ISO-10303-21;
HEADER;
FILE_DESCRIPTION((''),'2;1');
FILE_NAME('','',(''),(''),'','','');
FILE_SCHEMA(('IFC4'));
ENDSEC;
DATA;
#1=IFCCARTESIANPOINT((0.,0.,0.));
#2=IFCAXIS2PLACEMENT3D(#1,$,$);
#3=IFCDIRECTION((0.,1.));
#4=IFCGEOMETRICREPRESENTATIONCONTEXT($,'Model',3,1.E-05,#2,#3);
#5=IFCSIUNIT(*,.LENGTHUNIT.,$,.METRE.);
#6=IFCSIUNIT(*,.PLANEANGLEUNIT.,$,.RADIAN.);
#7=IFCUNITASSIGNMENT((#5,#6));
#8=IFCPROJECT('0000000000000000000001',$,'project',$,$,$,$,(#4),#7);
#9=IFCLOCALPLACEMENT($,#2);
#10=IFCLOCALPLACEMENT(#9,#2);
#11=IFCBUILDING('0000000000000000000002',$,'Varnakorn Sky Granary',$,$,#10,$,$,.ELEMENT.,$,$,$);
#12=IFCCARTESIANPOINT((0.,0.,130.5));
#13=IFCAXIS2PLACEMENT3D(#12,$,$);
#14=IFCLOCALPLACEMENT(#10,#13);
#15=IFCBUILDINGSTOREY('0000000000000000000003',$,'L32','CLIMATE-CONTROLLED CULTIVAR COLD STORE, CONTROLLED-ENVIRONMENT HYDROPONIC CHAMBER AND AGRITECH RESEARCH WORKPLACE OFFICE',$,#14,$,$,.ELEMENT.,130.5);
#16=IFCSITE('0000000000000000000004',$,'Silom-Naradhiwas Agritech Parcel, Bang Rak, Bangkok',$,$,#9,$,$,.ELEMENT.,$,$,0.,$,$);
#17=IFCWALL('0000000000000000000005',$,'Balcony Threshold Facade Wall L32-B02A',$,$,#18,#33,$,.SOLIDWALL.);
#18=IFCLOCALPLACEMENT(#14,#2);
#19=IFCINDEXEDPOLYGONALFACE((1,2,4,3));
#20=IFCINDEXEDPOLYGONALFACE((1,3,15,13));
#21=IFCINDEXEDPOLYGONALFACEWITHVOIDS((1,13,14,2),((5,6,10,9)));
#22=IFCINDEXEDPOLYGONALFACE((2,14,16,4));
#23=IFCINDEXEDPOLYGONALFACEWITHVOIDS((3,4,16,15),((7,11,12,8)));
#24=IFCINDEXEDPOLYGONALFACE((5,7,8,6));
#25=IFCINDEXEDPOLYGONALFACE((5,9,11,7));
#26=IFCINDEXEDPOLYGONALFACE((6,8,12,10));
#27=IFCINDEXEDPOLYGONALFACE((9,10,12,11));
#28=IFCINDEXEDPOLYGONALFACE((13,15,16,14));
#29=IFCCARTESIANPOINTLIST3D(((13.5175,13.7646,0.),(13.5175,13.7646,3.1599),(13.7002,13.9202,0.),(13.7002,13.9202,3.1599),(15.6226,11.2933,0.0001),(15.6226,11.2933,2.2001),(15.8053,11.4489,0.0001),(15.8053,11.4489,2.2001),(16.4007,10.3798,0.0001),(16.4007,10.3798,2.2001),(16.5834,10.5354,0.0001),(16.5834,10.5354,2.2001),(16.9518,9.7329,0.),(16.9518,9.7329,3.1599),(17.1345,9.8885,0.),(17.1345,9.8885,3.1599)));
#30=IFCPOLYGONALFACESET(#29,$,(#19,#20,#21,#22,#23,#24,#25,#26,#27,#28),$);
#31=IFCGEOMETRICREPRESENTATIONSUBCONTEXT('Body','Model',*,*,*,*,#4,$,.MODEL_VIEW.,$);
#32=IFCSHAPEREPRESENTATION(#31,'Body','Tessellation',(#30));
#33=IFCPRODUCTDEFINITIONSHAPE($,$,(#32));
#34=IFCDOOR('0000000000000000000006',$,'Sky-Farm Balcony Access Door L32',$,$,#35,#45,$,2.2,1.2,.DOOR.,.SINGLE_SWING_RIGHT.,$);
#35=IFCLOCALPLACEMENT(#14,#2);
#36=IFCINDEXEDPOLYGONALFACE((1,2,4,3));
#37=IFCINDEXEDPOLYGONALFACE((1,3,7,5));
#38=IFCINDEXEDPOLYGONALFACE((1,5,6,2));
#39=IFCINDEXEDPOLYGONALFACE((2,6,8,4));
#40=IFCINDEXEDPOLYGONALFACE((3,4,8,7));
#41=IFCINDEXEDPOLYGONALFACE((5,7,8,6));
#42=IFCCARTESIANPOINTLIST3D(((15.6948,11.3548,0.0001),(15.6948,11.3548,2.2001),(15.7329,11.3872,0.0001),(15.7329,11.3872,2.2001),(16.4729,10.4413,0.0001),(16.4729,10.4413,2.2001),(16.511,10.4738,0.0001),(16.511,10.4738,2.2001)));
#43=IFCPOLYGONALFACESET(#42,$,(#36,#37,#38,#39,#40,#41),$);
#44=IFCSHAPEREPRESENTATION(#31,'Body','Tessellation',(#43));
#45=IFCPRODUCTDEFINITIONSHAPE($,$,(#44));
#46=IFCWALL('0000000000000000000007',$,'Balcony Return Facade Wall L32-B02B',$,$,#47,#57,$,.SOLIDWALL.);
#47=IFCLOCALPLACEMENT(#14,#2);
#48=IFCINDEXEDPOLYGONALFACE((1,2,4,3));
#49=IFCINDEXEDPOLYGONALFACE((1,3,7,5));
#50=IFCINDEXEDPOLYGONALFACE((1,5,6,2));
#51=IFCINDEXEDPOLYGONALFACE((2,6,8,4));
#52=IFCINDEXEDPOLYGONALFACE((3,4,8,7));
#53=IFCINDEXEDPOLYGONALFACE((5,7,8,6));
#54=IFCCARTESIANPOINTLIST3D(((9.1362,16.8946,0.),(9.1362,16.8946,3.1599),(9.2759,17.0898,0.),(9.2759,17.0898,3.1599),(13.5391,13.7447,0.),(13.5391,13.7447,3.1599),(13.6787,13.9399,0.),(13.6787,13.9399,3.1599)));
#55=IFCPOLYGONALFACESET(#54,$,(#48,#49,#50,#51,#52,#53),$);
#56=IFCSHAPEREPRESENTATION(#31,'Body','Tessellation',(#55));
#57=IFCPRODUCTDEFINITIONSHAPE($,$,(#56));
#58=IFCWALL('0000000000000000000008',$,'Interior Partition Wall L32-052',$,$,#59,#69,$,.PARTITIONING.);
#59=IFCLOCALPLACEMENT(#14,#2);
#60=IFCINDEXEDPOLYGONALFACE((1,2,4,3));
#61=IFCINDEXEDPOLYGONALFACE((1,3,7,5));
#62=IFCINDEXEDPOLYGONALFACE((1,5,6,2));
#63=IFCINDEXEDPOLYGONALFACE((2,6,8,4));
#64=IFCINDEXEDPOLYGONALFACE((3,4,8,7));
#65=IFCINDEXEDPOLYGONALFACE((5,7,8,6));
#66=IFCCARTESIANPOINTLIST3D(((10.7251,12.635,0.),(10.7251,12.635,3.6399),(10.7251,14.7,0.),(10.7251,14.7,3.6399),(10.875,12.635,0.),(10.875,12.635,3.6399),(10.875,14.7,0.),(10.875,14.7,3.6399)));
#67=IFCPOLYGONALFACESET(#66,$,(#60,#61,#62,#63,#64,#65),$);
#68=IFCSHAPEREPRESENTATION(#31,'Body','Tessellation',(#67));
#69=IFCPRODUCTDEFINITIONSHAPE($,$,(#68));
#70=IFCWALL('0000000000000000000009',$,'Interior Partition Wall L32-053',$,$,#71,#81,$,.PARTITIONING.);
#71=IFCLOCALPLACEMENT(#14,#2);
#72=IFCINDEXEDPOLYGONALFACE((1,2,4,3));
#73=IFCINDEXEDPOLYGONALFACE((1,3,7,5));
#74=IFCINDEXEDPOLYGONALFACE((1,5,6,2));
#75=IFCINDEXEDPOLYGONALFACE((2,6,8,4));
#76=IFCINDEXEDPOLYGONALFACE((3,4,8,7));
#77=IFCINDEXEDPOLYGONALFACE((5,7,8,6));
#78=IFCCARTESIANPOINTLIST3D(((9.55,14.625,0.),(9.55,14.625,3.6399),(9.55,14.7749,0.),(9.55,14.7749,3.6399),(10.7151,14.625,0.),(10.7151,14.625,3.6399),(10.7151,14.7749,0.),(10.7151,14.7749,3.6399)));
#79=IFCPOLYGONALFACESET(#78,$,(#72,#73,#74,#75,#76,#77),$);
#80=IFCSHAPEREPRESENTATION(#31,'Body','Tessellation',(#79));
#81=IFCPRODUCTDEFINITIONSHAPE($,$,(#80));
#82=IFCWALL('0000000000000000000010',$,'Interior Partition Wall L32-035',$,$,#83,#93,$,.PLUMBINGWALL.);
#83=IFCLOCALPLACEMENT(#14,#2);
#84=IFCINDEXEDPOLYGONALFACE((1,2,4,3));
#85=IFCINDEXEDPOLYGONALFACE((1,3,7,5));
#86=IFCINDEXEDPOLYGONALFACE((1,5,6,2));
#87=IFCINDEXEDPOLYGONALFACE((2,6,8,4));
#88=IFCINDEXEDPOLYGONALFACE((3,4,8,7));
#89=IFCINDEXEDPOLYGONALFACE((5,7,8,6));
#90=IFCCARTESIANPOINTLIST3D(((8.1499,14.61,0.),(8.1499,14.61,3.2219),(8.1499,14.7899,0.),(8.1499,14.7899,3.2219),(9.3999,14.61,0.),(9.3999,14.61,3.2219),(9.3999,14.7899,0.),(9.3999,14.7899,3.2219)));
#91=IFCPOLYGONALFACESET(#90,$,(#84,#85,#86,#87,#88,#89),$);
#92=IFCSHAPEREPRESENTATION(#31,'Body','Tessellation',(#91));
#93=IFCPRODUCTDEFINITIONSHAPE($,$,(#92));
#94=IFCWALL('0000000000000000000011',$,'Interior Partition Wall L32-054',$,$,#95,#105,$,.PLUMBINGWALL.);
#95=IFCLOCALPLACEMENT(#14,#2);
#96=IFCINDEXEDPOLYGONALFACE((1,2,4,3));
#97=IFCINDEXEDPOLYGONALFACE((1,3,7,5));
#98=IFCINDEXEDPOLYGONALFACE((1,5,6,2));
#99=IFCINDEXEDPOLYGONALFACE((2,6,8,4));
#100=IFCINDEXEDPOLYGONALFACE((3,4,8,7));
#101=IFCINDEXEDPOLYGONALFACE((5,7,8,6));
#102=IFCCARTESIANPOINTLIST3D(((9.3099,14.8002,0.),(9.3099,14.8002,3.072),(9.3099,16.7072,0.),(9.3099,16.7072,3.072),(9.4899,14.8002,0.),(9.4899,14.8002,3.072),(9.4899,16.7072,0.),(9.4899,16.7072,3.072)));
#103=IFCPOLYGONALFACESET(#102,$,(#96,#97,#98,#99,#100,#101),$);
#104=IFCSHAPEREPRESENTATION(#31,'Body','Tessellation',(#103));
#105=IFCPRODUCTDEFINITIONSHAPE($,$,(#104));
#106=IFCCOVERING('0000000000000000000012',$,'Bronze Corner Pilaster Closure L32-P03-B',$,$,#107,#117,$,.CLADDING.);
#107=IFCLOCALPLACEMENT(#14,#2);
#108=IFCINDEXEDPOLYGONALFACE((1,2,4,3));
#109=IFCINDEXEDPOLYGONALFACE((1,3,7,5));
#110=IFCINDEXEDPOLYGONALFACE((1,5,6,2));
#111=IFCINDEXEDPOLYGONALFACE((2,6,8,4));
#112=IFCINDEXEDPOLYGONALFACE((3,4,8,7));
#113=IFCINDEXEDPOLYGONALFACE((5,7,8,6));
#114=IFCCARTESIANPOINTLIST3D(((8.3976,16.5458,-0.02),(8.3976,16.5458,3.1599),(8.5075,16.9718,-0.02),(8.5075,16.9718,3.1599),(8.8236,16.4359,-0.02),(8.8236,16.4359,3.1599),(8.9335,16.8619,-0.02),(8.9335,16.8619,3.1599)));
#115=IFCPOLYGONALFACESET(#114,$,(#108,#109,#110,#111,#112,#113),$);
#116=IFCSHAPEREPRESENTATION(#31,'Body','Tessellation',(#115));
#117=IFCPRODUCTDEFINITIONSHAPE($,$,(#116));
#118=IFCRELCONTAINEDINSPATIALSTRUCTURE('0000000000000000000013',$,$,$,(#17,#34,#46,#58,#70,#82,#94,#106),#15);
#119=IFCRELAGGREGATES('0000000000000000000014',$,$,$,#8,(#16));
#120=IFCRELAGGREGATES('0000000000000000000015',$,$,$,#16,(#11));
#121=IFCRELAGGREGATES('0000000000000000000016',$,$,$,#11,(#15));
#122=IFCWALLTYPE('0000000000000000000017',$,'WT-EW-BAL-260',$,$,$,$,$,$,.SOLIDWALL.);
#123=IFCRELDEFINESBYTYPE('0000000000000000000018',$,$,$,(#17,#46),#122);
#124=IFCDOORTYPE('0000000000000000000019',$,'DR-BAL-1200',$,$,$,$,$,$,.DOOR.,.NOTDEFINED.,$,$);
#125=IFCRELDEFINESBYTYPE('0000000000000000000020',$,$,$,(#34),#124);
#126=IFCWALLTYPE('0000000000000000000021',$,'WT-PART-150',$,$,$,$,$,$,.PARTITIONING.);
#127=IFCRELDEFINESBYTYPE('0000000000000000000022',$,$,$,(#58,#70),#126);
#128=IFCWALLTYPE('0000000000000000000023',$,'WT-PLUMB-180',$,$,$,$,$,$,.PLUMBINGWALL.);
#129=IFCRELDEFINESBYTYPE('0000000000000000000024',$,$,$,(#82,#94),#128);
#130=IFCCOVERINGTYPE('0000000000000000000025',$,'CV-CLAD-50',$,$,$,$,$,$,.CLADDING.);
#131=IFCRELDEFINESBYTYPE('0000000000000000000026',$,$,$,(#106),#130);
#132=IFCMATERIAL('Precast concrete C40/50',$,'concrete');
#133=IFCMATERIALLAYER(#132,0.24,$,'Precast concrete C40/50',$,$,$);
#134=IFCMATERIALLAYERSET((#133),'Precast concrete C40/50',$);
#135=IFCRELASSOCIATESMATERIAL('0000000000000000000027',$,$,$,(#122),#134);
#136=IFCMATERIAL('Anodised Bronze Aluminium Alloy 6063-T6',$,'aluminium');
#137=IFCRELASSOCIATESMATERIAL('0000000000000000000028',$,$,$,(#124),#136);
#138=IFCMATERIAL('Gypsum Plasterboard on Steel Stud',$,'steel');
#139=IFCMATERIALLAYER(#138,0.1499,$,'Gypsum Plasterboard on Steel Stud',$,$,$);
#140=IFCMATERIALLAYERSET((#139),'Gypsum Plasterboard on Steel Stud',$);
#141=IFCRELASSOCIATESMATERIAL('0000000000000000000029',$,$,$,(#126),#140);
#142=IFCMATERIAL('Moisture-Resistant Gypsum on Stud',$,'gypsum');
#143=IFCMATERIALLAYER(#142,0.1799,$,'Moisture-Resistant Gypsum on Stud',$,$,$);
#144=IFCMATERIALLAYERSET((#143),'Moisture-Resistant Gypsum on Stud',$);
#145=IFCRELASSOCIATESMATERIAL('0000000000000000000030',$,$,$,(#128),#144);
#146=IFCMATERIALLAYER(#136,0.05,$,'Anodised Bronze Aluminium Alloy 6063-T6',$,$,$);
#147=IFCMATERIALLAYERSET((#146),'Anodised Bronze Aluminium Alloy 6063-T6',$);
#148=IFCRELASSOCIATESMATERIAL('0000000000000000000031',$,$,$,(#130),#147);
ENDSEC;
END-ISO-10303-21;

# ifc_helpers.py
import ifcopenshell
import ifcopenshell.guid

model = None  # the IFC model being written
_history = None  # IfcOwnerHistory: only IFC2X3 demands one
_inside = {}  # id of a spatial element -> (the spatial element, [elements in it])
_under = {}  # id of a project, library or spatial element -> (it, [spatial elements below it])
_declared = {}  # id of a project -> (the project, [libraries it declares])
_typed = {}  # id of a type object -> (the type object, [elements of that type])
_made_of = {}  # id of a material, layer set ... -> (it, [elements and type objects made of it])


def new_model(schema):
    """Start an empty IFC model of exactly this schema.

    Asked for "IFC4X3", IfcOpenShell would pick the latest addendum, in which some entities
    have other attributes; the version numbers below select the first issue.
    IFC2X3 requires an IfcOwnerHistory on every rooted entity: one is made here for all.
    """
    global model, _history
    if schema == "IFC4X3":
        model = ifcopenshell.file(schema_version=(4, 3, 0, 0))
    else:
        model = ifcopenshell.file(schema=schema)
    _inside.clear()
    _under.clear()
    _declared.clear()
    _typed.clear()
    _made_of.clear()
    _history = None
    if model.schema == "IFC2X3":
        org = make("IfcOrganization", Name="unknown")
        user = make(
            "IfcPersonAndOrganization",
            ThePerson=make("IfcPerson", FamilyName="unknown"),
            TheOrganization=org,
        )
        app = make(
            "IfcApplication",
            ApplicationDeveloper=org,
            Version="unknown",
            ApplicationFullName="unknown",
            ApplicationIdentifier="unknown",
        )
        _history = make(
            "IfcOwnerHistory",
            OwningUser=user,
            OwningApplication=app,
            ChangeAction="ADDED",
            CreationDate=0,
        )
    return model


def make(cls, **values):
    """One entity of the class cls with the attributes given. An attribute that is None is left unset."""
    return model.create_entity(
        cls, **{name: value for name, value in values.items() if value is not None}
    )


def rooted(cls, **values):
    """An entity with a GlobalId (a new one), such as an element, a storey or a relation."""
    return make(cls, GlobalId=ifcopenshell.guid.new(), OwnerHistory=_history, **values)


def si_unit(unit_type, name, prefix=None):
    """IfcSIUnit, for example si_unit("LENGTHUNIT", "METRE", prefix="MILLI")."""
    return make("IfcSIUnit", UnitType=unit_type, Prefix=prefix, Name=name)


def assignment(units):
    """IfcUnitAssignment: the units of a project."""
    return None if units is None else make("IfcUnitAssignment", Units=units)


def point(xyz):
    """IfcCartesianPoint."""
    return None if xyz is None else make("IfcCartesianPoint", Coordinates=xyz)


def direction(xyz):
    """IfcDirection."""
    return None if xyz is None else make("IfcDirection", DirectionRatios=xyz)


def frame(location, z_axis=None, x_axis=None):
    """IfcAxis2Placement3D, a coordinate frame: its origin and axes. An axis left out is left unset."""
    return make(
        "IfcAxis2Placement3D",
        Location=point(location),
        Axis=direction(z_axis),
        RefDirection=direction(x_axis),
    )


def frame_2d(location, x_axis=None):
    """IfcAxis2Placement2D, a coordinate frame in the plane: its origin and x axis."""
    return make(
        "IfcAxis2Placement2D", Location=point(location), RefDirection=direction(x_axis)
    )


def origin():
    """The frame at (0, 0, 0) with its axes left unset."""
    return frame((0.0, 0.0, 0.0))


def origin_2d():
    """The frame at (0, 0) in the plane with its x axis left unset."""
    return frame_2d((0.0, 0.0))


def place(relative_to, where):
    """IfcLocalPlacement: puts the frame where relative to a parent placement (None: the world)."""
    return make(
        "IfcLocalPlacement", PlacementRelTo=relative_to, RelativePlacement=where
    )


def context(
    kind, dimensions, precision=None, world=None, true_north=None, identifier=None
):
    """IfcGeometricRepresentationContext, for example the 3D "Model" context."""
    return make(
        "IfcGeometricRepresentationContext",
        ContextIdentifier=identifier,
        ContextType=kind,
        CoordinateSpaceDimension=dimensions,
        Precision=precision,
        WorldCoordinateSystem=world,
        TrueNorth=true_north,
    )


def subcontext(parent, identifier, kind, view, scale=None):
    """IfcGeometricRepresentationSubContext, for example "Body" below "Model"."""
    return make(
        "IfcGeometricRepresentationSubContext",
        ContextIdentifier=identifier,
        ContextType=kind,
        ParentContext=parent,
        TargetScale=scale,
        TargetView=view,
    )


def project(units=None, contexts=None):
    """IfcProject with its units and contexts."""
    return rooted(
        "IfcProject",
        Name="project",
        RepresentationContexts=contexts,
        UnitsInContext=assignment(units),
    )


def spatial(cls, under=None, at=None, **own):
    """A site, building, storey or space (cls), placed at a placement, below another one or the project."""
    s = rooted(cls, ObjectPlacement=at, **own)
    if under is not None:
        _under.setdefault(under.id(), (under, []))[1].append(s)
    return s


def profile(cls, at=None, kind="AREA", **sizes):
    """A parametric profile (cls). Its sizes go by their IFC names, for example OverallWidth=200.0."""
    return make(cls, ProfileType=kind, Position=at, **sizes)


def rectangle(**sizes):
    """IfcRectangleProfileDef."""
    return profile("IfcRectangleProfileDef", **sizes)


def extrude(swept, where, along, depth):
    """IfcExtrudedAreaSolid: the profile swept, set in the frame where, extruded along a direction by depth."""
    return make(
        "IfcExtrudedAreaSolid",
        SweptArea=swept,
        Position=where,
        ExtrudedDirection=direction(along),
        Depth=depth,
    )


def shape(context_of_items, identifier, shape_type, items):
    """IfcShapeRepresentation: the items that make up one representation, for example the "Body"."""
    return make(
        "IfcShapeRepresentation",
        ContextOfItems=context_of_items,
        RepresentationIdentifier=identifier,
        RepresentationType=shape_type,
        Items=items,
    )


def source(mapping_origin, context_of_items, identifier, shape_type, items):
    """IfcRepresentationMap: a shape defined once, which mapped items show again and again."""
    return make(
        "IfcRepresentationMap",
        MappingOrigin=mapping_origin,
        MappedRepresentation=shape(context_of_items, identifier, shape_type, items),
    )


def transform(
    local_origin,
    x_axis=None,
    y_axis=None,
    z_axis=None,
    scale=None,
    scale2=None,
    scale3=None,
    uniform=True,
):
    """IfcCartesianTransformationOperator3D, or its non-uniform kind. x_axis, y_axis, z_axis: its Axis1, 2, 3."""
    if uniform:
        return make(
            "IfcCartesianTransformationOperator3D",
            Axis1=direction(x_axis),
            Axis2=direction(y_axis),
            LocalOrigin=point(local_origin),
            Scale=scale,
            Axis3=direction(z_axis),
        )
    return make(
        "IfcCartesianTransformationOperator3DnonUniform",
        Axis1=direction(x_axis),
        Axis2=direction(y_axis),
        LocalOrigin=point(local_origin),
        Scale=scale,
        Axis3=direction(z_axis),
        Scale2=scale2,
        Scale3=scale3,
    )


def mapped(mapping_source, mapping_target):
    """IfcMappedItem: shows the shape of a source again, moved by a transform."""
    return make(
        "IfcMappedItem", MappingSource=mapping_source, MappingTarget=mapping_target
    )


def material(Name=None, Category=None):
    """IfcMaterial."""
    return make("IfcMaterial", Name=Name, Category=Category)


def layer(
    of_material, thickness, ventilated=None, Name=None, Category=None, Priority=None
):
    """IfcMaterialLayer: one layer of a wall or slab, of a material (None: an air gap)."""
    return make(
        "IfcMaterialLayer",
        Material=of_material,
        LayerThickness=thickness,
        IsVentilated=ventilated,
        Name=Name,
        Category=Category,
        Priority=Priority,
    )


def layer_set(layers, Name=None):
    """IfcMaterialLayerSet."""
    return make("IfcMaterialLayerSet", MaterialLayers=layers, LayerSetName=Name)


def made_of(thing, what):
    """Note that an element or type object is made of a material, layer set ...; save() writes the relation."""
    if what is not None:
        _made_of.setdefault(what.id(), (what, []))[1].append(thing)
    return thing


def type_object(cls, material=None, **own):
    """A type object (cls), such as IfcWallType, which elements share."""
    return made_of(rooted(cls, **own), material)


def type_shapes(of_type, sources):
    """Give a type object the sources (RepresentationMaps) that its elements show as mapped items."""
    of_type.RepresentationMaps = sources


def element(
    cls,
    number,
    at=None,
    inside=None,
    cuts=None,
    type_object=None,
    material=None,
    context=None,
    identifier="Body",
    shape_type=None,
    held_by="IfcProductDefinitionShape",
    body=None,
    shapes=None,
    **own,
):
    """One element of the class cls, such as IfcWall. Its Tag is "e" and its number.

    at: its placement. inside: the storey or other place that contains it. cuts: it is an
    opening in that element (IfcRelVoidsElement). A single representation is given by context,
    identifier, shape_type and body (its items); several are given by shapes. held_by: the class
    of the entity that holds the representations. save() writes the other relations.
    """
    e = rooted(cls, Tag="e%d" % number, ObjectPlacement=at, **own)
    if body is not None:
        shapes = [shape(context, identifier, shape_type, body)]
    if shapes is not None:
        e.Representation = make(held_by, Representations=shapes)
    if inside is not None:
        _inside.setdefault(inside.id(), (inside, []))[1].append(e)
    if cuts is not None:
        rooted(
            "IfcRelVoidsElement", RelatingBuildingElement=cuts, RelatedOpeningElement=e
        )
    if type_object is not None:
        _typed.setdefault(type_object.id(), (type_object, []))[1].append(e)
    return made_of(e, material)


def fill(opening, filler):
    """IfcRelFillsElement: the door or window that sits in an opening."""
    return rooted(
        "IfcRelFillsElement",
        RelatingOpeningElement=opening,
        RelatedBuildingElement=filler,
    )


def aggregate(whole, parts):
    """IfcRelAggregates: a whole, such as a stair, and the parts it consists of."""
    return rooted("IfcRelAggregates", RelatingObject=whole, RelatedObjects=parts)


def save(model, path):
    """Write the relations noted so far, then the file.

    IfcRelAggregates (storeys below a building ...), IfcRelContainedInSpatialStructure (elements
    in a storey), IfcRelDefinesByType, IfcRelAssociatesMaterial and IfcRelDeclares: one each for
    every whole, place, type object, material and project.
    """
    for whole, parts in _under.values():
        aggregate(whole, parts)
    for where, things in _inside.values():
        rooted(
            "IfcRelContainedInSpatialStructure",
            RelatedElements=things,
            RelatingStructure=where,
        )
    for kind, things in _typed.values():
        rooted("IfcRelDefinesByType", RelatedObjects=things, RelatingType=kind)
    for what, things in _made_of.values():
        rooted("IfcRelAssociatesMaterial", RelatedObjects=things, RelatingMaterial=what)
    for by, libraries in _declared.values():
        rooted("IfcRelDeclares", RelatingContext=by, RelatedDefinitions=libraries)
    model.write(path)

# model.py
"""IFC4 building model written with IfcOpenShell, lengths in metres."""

from ifc_helpers import new_model, si_unit, direction, frame, frame_2d, origin, origin_2d, place, context, subcontext, project, spatial, rectangle, extrude, source, transform, mapped, material, layer, layer_set, type_object, type_shapes, element, fill, save


model = new_model("IFC4")

# Units and contexts
model_context = context("Model", 3, precision=1e-05, world=origin(), true_north=direction((0.0, 1.0)))
body_context = subcontext(model_context, "Body", "Model", "MODEL_VIEW")
ifc_project = project(units=[si_unit("LENGTHUNIT", "METRE"), si_unit("PLANEANGLEUNIT", "RADIAN")], contexts=[model_context])

# Site, building, storey
site_placement = place(None, origin())
site = spatial("IfcSite", under=ifc_project, at=site_placement, Name="Silom-Naradhiwas Agritech Parcel, Bang Rak, Bangkok", CompositionType="ELEMENT", RefElevation=0.0)
building_placement = place(site_placement, origin())
building = spatial("IfcBuilding", under=site, at=building_placement, Name="Varnakorn Sky Granary", CompositionType="ELEMENT")
storey_placement = place(building_placement, frame((0.0, 0.0, 130.5)))
storey = spatial("IfcBuildingStorey", under=building, at=storey_placement, Name="L32", Description="CLIMATE-CONTROLLED CULTIVAR COLD STORE, CONTROLLED-ENVIRONMENT HYDROPONIC CHAMBER AND AGRITECH RESEARCH WORKPLACE OFFICE", CompositionType="ELEMENT", Elevation=130.5)

# Shared definitions
ifc_material_1 = material(Name="Anodised Bronze Aluminium Alloy 6063-T6", Category="aluminium")

# Wall, opening, door
ifc_material_2 = material(Name="Precast concrete C40/50", Category="concrete")
ifc_layer_1 = layer(ifc_material_2, 0.24, Name="Precast concrete C40/50")
ifc_layer_set_1 = layer_set([ifc_layer_1], Name="Precast concrete C40/50")
wall_type_1 = type_object("IfcWallType", Name="WT-EW-BAL-260", PredefinedType="SOLIDWALL", material=ifc_layer_set_1)
wall_1_placement = place(storey_placement, frame((13.6089, 13.8423, 0.0), z_axis=(0.0, 0.0, 1.0), x_axis=(0.648454, -0.761254, 0.0)))
wall_1 = element("IfcWall", 1, at=wall_1_placement, inside=storey, type_object=wall_type_1, Name="Balcony Threshold Facade Wall L32-B02A", PredefinedType="SOLIDWALL", context=body_context, shape_type="SweptSolid", body=[
    extrude(rectangle(XDim=5.2961, YDim=0.24, at=frame_2d((2.6479, 0.0))), origin(), (0.0, 0.0, 1.0), 3.1599),
])
opening_placement = place(wall_1_placement, frame((3.2461, 0.0, 0.0)))
opening = element("IfcOpeningElement", 2, at=opening_placement, cuts=wall_1, PredefinedType="OPENING", context=body_context, shape_type="SweptSolid", body=[
    extrude(rectangle(XDim=1.2, YDim=2.2, at=frame_2d((0.6001, 1.1001))), frame((0.0, 0.1299, 0.0), z_axis=(0.0, -1.0, 0.0), x_axis=(1.0, 0.0, 0.0)), (0.0, 0.0, 1.0), 0.26),
])
door_type = type_object("IfcDoorType", Name="DR-BAL-1200", OperationType="NOTDEFINED", PredefinedType="DOOR", material=ifc_material_1)
door_placement = place(opening_placement, origin())
door = element("IfcDoor", 3, at=door_placement, inside=storey, type_object=door_type, Name="Sky-Farm Balcony Access Door L32", OperationType="SINGLE_SWING_RIGHT", OverallHeight=2.2, OverallWidth=1.2, PredefinedType="DOOR", context=body_context, shape_type="SweptSolid", body=[
    extrude(rectangle(XDim=1.2, YDim=2.2, at=frame_2d((0.6001, 1.1001))), frame((0.0, 0.0249, 0.0), z_axis=(0.0, -1.0, 0.0), x_axis=(1.0, 0.0, 0.0)), (0.0, 0.0, 1.0), 0.05),
])
fill(opening, door)

# Walls
wall_2_placement = place(storey_placement, frame((9.2061, 16.9922, 0.0), z_axis=(0.0, 0.0, 1.0), x_axis=(0.813294, -0.581852, 0.0)))
element("IfcWall", 4, at=wall_2_placement, inside=storey, type_object=wall_type_1, Name="Balcony Return Facade Wall L32-B02B", PredefinedType="SOLIDWALL", context=body_context, shape_type="SweptSolid", body=[
    extrude(rectangle(XDim=5.4136, YDim=0.24, at=frame_2d((2.7068, 0.0))), origin(), (0.0, 0.0, 1.0), 3.1599),
])
ifc_material_3 = material(Name="Gypsum Plasterboard on Steel Stud", Category="steel")
ifc_layer_2 = layer(ifc_material_3, 0.1499, Name="Gypsum Plasterboard on Steel Stud")
ifc_layer_set_2 = layer_set([ifc_layer_2], Name="Gypsum Plasterboard on Steel Stud")
wall_type_2 = type_object("IfcWallType", Name="WT-PART-150", PredefinedType="PARTITIONING", material=ifc_layer_set_2)
wall_3_placement = place(storey_placement, frame((10.8, 12.635, 0.0), z_axis=(0.0, 0.0, 1.0), x_axis=(0.0, 1.0, 0.0)))
element("IfcWall", 5, at=wall_3_placement, inside=storey, type_object=wall_type_2, Name="Interior Partition Wall L32-052", PredefinedType="PARTITIONING", context=body_context, shape_type="SweptSolid", body=[
    extrude(rectangle(XDim=2.0649, YDim=0.1499, at=frame_2d((1.0325, 0.0))), origin(), (0.0, 0.0, 1.0), 3.6399),
])
wall_4_placement = place(storey_placement, frame((10.7151, 14.7, 0.0), z_axis=(0.0, 0.0, 1.0), x_axis=(-1.0, 0.0, 0.0)))
element("IfcWall", 6, at=wall_4_placement, inside=storey, type_object=wall_type_2, Name="Interior Partition Wall L32-053", PredefinedType="PARTITIONING", context=body_context, shape_type="SweptSolid", body=[
    extrude(rectangle(XDim=1.165, YDim=0.1499, at=frame_2d((0.5825, 0.0))), origin(), (0.0, 0.0, 1.0), 3.6399),
])
ifc_material_4 = material(Name="Moisture-Resistant Gypsum on Stud", Category="gypsum")
ifc_layer_3 = layer(ifc_material_4, 0.1799, Name="Moisture-Resistant Gypsum on Stud")
ifc_layer_set_3 = layer_set([ifc_layer_3], Name="Moisture-Resistant Gypsum on Stud")
wall_type_3 = type_object("IfcWallType", Name="WT-PLUMB-180", PredefinedType="PLUMBINGWALL", material=ifc_layer_set_3)
wall_5_placement = place(storey_placement, frame((9.3999, 14.7, 0.0), z_axis=(0.0, 0.0, 1.0), x_axis=(-1.0, 0.0, 0.0)))
element("IfcWall", 7, at=wall_5_placement, inside=storey, type_object=wall_type_3, Name="Interior Partition Wall L32-035", PredefinedType="PLUMBINGWALL", context=body_context, shape_type="SweptSolid", body=[
    extrude(rectangle(XDim=1.25, YDim=0.1799, at=frame_2d((0.625, 0.0))), origin(), (0.0, 0.0, 1.0), 3.2219),
])
wall_6_placement = place(storey_placement, frame((9.3999, 14.8, 0.0), z_axis=(0.0, 0.0, 1.0), x_axis=(0.0, 1.0, 0.0)))
element("IfcWall", 8, at=wall_6_placement, inside=storey, type_object=wall_type_3, Name="Interior Partition Wall L32-054", PredefinedType="PLUMBINGWALL", context=body_context, shape_type="SweptSolid", body=[
    extrude(rectangle(XDim=1.907, YDim=0.1799, at=frame_2d((0.9536, 0.0))), origin(), (0.0, 0.0, 1.0), 3.072),
])

# Covering
ifc_layer_4 = layer(ifc_material_1, 0.05, Name="Anodised Bronze Aluminium Alloy 6063-T6")
ifc_layer_set_4 = layer_set([ifc_layer_4], Name="Anodised Bronze Aluminium Alloy 6063-T6")
covering_type = type_object("IfcCoveringType", Name="CV-CLAD-50", PredefinedType="CLADDING", material=ifc_layer_set_4)
shared_shape_1 = source(origin(), body_context, "Body", "SweptSolid", [
    extrude(rectangle(XDim=0.4399, YDim=0.4399, at=origin_2d()), origin(), (0.0, 0.0, 1.0), 3.1799),
])
type_shapes(covering_type, [shared_shape_1])
covering_placement = place(storey_placement, frame((8.6655, 16.7039, -0.02), z_axis=(0.0, 0.0, 1.0), x_axis=(0.968322, -0.249704, 0.0)))
element("IfcCovering", 9, at=covering_placement, inside=storey, type_object=covering_type, Name="Bronze Corner Pilaster Closure L32-P03-B", PredefinedType="CLADDING", context=body_context, shape_type="MappedRepresentation", body=[
    mapped(shared_shape_1, transform((0.0, 0.0, 0.0), x_axis=(1.0, 0.0, 0.0), y_axis=(0.0, 1.0, 0.0), z_axis=(0.0, 0.0, 1.0), scale=1.0)),
])

save(model, "model.ifc")
